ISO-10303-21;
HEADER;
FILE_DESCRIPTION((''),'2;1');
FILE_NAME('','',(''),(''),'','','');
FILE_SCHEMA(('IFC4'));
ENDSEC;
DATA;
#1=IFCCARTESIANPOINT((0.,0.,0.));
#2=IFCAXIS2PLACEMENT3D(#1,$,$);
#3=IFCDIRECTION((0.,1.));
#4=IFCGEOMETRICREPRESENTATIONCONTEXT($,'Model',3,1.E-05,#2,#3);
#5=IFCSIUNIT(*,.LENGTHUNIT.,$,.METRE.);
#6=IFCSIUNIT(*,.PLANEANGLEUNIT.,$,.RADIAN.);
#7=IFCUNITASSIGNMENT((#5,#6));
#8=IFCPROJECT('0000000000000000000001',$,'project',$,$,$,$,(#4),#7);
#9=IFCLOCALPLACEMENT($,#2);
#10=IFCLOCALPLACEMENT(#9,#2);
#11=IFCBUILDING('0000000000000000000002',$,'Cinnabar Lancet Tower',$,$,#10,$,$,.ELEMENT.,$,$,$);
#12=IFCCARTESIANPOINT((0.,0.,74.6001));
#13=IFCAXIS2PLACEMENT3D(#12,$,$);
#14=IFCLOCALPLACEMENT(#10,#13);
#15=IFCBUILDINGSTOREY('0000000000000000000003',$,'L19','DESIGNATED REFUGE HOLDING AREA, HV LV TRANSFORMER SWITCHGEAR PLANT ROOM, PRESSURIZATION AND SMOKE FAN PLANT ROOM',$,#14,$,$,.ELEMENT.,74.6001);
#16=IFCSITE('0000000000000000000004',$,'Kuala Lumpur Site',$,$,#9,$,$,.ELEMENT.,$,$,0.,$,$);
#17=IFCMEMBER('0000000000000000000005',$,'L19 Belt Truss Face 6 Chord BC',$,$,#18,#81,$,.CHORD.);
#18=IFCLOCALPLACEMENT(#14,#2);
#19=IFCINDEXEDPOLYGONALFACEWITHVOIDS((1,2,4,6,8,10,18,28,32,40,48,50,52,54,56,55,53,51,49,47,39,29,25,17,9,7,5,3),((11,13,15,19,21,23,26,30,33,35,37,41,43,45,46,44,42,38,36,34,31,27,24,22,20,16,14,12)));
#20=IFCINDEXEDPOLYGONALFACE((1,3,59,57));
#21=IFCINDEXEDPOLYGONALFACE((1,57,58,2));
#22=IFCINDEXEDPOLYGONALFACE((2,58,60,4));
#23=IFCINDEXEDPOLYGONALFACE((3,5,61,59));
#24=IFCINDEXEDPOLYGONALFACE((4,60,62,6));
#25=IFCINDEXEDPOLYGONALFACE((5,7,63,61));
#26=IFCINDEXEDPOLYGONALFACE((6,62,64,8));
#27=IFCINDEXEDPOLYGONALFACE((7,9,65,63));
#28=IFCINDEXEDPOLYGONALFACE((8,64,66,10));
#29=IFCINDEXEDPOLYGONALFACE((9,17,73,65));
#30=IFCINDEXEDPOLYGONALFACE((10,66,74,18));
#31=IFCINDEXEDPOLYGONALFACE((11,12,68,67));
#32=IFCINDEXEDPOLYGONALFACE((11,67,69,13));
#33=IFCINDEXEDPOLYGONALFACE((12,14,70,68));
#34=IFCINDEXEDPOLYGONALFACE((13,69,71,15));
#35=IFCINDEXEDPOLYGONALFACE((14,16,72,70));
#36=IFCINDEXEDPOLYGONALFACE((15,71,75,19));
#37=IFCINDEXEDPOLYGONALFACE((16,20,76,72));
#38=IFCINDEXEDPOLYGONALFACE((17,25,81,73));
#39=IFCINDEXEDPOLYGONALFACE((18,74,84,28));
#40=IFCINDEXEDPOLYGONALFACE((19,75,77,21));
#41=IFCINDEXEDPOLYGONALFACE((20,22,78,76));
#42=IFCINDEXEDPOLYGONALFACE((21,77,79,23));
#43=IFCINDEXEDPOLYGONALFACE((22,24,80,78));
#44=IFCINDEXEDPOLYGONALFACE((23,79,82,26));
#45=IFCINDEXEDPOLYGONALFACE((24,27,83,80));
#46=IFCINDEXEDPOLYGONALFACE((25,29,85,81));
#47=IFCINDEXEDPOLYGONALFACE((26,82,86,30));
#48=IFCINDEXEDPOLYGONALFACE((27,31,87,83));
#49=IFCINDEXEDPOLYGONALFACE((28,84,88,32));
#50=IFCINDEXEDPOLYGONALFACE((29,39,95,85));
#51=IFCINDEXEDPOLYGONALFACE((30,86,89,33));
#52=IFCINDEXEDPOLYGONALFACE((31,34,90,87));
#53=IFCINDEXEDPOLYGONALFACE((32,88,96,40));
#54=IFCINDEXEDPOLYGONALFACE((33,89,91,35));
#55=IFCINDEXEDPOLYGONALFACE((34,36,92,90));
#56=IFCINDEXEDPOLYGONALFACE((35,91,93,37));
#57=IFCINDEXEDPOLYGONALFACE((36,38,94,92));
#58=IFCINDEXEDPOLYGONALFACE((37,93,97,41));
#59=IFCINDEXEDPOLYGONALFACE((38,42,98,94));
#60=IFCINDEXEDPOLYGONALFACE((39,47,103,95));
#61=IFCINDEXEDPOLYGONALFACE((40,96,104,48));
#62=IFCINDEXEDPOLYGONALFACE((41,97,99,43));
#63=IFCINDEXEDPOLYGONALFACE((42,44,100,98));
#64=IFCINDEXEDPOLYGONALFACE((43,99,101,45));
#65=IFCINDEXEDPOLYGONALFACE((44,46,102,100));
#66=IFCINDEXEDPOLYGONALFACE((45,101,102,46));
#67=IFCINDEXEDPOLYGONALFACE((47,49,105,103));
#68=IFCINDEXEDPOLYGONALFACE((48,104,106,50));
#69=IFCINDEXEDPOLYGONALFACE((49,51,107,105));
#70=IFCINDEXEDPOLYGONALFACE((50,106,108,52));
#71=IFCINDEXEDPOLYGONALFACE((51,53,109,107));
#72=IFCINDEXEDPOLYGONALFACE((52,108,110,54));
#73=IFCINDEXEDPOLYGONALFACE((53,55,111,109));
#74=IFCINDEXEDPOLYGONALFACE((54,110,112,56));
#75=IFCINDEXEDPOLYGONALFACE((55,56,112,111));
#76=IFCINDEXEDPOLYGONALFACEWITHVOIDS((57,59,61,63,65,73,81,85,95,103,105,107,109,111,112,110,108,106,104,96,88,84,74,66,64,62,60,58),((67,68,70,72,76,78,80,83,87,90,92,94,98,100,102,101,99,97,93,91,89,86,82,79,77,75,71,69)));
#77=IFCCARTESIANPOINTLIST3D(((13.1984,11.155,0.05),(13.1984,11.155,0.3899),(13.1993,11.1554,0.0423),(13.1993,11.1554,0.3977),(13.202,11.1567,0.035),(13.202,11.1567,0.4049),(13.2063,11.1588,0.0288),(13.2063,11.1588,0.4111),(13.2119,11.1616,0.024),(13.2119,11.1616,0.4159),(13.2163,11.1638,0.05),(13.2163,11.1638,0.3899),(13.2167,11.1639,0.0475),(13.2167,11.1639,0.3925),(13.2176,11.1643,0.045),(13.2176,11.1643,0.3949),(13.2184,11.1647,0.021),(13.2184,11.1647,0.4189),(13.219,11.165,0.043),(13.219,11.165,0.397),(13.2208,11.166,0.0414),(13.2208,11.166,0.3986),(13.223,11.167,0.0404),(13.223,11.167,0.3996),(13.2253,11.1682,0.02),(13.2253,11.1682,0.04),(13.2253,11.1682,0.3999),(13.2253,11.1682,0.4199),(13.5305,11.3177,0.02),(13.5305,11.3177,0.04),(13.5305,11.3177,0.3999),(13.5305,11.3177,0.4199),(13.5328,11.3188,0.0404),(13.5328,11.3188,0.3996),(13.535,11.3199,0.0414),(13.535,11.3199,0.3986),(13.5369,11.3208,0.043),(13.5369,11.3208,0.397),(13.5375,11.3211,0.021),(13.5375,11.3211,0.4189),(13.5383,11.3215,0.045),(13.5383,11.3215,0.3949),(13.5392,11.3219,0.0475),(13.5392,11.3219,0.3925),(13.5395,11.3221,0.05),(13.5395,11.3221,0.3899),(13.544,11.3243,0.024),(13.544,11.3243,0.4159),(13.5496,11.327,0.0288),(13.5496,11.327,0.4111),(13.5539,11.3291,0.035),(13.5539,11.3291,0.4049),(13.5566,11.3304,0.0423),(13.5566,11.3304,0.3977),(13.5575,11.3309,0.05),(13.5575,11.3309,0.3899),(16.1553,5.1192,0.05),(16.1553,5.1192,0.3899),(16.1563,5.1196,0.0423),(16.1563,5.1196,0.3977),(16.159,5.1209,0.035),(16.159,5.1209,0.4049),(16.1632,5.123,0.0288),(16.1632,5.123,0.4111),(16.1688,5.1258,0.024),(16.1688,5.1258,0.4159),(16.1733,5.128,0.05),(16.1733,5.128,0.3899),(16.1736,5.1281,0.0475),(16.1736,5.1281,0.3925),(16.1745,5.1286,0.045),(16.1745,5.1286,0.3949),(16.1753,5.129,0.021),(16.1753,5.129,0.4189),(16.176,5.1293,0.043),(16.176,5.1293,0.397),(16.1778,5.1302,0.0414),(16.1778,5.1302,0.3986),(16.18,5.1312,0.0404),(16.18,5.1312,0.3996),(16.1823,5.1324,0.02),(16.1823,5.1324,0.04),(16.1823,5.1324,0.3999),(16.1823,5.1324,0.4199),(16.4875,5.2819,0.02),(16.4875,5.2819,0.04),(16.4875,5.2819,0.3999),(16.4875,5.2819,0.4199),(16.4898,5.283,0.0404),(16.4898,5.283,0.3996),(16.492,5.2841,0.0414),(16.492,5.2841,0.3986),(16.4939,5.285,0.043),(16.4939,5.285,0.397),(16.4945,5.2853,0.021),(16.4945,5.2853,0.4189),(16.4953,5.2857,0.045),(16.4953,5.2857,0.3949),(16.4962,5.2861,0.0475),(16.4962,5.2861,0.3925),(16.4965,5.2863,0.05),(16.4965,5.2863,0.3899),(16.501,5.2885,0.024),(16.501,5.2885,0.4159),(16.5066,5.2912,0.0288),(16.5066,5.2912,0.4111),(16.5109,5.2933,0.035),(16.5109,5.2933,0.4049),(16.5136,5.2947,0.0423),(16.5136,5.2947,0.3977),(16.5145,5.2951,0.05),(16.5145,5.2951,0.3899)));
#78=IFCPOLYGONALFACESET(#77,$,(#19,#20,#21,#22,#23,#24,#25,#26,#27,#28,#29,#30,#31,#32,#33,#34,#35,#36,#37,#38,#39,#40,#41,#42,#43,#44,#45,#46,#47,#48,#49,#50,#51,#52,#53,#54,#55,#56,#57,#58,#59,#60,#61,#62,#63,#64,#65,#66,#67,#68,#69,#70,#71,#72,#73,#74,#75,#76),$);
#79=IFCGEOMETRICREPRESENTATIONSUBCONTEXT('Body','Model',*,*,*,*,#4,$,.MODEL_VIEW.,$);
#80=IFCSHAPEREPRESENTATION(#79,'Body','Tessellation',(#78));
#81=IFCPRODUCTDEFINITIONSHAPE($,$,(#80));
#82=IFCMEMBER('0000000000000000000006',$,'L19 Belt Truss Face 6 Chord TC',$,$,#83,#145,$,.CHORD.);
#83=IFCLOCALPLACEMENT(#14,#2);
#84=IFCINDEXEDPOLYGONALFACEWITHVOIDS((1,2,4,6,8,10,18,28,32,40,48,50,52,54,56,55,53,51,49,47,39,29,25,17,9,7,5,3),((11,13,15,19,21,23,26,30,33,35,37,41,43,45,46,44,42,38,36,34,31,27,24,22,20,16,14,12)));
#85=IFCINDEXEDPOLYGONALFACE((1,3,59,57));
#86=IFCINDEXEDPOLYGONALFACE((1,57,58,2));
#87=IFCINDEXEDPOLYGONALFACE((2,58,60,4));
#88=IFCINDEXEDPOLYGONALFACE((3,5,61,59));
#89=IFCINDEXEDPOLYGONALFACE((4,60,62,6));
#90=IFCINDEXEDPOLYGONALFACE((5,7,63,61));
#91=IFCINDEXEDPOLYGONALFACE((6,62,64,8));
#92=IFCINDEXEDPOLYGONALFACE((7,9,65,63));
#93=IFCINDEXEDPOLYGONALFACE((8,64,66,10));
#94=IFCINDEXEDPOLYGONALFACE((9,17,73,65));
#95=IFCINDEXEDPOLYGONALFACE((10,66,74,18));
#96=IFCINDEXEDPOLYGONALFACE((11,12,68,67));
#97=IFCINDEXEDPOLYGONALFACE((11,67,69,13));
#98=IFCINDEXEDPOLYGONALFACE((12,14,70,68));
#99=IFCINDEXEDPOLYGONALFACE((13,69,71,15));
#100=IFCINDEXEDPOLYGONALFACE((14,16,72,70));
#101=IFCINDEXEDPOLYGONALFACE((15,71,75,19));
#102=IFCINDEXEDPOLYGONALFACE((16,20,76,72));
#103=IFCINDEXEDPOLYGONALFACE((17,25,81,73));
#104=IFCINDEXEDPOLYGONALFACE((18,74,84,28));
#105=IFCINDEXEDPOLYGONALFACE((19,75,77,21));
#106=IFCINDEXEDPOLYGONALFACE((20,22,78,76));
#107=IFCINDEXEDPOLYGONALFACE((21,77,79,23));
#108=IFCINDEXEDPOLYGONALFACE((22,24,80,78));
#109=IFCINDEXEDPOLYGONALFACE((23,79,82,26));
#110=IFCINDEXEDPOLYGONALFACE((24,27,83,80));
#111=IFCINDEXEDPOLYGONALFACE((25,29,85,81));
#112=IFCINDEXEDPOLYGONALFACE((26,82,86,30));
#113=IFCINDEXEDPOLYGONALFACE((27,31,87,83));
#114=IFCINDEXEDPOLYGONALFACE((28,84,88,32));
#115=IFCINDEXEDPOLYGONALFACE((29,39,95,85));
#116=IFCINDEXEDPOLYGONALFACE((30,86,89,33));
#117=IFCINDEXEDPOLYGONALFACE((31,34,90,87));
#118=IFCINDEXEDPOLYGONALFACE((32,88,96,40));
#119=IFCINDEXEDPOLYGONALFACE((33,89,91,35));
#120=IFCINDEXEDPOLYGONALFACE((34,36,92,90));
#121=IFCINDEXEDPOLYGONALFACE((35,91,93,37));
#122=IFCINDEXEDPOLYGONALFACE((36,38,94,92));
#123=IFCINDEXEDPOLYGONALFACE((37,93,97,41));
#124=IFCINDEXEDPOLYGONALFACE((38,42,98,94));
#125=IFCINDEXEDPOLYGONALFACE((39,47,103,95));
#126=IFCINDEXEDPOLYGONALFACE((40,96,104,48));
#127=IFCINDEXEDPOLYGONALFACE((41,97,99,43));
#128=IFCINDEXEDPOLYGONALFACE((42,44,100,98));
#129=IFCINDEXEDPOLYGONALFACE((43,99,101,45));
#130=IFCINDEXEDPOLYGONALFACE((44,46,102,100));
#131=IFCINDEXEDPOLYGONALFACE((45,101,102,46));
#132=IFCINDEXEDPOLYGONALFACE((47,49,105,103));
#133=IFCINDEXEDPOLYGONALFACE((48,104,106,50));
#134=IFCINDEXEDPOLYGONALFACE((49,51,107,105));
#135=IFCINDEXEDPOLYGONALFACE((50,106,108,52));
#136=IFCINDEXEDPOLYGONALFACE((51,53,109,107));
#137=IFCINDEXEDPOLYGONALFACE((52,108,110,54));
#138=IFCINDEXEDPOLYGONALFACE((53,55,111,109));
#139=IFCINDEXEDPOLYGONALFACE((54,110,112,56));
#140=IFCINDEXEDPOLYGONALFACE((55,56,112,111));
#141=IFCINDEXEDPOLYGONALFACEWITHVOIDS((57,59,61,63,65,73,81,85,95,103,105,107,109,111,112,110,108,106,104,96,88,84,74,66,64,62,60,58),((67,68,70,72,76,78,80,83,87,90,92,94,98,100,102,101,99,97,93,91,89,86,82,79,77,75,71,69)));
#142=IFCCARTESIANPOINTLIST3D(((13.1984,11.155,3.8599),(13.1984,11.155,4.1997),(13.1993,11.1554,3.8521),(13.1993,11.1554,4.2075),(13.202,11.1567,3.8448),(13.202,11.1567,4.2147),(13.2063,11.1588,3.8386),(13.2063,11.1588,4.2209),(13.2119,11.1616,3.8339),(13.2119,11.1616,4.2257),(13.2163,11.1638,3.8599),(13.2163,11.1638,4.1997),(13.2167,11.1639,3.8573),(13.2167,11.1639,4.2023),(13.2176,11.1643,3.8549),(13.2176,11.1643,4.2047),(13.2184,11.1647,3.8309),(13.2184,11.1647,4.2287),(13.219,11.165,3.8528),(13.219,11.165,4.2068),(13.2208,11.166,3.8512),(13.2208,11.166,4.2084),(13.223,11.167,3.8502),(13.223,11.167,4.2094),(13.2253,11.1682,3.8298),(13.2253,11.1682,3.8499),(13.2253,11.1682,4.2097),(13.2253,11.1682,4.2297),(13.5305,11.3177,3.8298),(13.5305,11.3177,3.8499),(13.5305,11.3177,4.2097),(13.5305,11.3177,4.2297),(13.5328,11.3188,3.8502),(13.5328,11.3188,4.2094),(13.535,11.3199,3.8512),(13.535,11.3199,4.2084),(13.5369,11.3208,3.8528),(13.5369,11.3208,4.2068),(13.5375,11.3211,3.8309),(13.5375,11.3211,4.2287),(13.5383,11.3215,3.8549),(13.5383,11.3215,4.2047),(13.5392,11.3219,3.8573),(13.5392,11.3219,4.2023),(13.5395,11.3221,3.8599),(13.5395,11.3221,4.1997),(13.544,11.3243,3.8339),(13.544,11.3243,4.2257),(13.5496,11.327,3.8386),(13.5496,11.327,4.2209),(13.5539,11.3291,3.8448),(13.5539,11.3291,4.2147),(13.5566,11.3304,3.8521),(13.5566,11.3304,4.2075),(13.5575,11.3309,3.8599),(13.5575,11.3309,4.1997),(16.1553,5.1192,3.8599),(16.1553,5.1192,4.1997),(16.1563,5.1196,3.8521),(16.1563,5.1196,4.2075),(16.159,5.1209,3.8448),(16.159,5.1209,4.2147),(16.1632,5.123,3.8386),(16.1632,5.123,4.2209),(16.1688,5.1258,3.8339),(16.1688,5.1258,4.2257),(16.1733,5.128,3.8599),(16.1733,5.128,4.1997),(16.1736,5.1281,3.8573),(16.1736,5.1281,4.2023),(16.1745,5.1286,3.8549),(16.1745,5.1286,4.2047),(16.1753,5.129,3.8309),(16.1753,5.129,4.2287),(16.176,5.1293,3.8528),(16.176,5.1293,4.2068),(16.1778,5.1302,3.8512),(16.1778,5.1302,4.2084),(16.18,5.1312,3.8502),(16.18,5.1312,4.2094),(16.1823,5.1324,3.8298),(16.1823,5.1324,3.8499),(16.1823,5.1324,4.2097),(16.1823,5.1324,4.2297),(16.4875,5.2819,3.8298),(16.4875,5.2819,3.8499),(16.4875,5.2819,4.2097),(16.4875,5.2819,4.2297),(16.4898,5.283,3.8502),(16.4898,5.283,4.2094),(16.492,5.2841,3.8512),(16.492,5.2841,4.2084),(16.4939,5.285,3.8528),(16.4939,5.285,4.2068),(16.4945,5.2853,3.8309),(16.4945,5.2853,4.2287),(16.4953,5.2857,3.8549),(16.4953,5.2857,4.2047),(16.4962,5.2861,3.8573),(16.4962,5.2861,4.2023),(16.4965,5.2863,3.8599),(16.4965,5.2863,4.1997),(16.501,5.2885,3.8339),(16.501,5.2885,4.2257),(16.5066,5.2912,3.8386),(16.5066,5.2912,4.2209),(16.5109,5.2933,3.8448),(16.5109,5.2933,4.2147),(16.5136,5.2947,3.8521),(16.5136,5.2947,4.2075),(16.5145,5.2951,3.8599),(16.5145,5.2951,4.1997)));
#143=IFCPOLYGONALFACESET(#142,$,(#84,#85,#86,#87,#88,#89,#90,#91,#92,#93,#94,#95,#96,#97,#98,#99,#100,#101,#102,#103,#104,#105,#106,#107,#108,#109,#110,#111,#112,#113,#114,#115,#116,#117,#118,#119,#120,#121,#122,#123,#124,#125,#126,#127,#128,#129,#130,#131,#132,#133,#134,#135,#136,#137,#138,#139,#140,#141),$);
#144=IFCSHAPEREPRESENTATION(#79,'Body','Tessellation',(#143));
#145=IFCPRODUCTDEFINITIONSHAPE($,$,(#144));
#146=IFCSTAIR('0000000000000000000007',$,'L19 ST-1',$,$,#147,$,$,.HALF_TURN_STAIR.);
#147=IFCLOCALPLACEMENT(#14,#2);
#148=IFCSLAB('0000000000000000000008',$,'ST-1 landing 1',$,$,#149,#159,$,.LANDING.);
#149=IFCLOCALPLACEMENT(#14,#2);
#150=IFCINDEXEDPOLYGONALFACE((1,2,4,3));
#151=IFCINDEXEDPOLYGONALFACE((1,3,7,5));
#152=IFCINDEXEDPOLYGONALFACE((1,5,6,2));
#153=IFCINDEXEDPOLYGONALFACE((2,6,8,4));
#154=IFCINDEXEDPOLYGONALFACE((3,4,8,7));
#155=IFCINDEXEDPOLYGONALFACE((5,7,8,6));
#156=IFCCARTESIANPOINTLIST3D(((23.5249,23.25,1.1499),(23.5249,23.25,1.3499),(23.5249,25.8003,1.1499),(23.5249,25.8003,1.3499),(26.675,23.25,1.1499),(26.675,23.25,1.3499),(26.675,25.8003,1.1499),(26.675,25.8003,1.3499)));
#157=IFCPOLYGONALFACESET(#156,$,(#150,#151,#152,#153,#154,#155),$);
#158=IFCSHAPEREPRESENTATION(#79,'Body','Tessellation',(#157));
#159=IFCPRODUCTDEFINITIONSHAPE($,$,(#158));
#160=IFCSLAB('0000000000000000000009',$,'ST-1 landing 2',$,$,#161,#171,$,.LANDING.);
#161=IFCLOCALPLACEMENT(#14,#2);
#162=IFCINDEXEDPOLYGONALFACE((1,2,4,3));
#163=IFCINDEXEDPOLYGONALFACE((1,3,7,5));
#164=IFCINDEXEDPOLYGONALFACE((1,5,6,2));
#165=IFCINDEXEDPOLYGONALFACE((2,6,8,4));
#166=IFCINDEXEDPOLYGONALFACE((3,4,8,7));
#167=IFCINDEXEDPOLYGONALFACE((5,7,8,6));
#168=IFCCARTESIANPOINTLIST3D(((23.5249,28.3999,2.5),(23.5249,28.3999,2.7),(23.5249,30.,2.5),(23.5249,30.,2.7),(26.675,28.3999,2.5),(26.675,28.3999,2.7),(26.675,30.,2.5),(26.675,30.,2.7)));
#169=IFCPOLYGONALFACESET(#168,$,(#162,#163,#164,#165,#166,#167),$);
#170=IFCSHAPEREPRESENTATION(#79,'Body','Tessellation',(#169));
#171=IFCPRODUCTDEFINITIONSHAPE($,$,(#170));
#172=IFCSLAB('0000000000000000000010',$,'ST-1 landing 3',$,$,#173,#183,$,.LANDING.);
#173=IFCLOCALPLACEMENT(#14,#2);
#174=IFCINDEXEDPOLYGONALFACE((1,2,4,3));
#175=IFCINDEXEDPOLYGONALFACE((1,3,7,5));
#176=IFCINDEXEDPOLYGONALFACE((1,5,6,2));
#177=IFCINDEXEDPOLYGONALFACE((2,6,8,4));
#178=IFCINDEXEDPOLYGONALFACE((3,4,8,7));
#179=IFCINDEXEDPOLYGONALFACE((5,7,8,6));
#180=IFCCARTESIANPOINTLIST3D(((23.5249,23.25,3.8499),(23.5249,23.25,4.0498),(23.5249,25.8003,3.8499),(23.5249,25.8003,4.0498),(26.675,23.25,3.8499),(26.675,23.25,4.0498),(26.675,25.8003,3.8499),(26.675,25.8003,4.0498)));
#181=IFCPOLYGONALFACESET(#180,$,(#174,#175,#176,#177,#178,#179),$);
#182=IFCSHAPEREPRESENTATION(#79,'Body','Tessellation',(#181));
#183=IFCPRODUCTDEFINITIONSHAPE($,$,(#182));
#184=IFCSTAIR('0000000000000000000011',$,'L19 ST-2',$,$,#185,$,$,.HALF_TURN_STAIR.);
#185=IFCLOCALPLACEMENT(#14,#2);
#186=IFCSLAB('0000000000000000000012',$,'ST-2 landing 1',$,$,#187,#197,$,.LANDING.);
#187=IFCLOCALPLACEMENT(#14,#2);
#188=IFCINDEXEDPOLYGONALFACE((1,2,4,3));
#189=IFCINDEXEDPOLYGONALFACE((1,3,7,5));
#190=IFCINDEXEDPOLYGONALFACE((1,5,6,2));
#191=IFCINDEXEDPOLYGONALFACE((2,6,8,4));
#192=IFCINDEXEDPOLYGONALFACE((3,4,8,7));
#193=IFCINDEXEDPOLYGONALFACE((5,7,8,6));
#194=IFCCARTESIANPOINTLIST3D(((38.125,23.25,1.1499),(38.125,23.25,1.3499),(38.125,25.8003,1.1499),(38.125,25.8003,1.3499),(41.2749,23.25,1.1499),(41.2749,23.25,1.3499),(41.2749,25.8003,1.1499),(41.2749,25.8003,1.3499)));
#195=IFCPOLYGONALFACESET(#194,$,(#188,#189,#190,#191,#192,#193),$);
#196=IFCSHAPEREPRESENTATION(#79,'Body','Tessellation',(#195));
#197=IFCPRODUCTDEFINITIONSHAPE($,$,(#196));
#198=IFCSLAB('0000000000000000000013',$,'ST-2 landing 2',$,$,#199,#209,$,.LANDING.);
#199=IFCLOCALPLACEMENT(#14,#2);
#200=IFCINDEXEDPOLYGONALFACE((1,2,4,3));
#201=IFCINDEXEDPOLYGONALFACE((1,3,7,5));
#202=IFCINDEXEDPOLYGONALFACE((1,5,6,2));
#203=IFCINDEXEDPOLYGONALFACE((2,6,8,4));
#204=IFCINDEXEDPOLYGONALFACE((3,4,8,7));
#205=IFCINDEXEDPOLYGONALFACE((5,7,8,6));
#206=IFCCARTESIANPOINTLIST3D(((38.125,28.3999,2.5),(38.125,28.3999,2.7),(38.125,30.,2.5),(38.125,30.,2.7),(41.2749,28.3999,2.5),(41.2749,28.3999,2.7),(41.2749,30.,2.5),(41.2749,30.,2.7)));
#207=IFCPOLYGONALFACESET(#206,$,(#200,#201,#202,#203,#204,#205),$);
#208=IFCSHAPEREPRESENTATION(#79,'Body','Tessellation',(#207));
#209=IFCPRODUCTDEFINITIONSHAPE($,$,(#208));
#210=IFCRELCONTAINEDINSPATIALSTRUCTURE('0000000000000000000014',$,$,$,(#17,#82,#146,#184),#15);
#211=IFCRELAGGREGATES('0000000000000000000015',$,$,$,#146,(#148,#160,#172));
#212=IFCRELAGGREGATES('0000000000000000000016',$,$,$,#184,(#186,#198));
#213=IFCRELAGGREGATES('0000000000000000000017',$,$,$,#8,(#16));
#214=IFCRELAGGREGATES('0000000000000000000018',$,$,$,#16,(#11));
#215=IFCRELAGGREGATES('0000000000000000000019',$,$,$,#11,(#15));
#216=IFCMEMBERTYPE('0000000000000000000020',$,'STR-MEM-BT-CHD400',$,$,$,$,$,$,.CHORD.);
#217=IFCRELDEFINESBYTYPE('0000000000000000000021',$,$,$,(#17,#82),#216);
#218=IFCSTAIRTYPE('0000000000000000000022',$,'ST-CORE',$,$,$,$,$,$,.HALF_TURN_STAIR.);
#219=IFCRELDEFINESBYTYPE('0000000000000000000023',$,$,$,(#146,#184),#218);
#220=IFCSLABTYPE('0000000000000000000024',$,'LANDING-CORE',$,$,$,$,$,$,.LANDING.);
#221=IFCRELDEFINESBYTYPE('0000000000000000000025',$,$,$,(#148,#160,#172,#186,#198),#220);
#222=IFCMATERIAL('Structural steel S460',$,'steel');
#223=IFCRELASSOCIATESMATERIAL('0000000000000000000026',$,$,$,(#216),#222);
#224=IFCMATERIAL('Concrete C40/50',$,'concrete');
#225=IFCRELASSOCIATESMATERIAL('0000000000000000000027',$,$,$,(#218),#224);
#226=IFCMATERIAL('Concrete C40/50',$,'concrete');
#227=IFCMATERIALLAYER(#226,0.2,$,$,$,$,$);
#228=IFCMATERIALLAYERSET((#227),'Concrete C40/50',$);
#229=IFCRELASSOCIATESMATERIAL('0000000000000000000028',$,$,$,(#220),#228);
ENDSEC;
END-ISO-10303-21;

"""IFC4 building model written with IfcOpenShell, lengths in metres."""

from ifc_helpers import new_model, si_unit, direction, frame, origin, origin_2d, place, context, subcontext, project, spatial, polyline, hollow_rectangle, outline, extrude, material, layer, layer_set, material_profile, profile_set, type_object, element, aggregate, save


model = new_model("IFC4")

# Units and contexts
model_context = context("Model", 3, precision=1e-05, world=origin(), true_north=direction((0.0, 1.0)))
body_context = subcontext(model_context, "Body", "Model", "MODEL_VIEW")
ifc_project = project(units=[si_unit("LENGTHUNIT", "METRE"), si_unit("PLANEANGLEUNIT", "RADIAN")], contexts=[model_context])

# Site, building, storey
site_placement = place(None, origin())
site = spatial("IfcSite", under=ifc_project, at=site_placement, Name="Kuala Lumpur Site", CompositionType="ELEMENT", RefElevation=0.0)
building_placement = place(site_placement, origin())
building = spatial("IfcBuilding", under=site, at=building_placement, Name="Cinnabar Lancet Tower", CompositionType="ELEMENT")
storey_placement = place(building_placement, frame((0.0, 0.0, 74.6001)))
storey = spatial("IfcBuildingStorey", under=building, at=storey_placement, Name="L19", Description="DESIGNATED REFUGE HOLDING AREA, HV LV TRANSFORMER SWITCHGEAR PLANT ROOM, PRESSURIZATION AND SMOKE FAN PLANT ROOM", CompositionType="ELEMENT", Elevation=74.6001)

# Members
ifc_material_1 = material(Name="Structural steel S460", Category="steel")
ifc_material_profile_1 = material_profile(ifc_material_1, hollow_rectangle(XDim=0.3999, YDim=0.3999, WallThickness=0.02, InnerFilletRadius=0.01, OuterFilletRadius=0.03, at=origin_2d()), Name="SHS 400x400x20")
ifc_profile_set_1 = profile_set([ifc_material_profile_1], Name="Structural steel S460")
member_type_1 = type_object("IfcMemberType", Name="STR-MEM-BT-CHD400", PredefinedType="CHORD", material=ifc_profile_set_1)
for number, where, z_axis, x_axis, name in (
    (1, (13.3779, 11.2429, 0.22), (0.439949, -0.898023, 0.0), (0.898023, 0.439949, 0.0), "L19 Belt Truss Face 6 Chord BC"),
    (2, (13.3779, 11.2429, 4.0298), (0.439949, -0.898023, 0.0), (0.898023, 0.439949, 0.0), "L19 Belt Truss Face 6 Chord TC"),
):
    element("IfcMember", number, at=place(storey_placement, frame(where, z_axis=z_axis, x_axis=x_axis)), inside=storey, type_object=member_type_1, Name=name, PredefinedType="CHORD", context=body_context, shape_type="SweptSolid", body=[
        extrude(hollow_rectangle(XDim=0.3999, YDim=0.3999, WallThickness=0.02, InnerFilletRadius=0.01, OuterFilletRadius=0.03, at=origin_2d()), origin(), (0.0, 0.0, 1.0), 6.7212),
    ])

# Stairs, slabs
ifc_material_2 = material(Name="Concrete C40/50", Category="concrete")
stair_type = type_object("IfcStairType", Name="ST-CORE", PredefinedType="HALF_TURN_STAIR", material=ifc_material_2)
stair_1_placement = place(storey_placement, origin())
stair_1 = element("IfcStair", 3, at=stair_1_placement, inside=storey, type_object=stair_type, Name="L19 ST-1", PredefinedType="HALF_TURN_STAIR")
ifc_material_3 = material(Name="Concrete C40/50", Category="concrete")
ifc_layer_1 = layer(ifc_material_3, 0.2)
ifc_layer_set_1 = layer_set([ifc_layer_1], Name="Concrete C40/50")
slab_type_1 = type_object("IfcSlabType", Name="LANDING-CORE", PredefinedType="LANDING", material=ifc_layer_set_1)
slab_1_placement = place(storey_placement, frame((0.0, 0.0, 1.1499)))
slab_1 = element("IfcSlab", 4, at=slab_1_placement, type_object=slab_type_1, Name="ST-1 landing 1", PredefinedType="LANDING", context=body_context, shape_type="SweptSolid", body=[
    extrude(outline(polyline([(23.5249, 25.8003), (23.5249, 23.25), (26.675, 23.25), (26.675, 25.8003), (23.5249, 25.8003)])), origin(), (0.0, 0.0, 1.0), 0.2),
])
slab_2_placement = place(storey_placement, frame((0.0, 0.0, 2.5)))
slab_2 = element("IfcSlab", 5, at=slab_2_placement, type_object=slab_type_1, Name="ST-1 landing 2", PredefinedType="LANDING", context=body_context, shape_type="SweptSolid", body=[
    extrude(outline(polyline([(23.5249, 30.0), (23.5249, 28.3999), (26.675, 28.3999), (26.675, 30.0), (23.5249, 30.0)])), origin(), (0.0, 0.0, 1.0), 0.2),
])
slab_3_placement = place(storey_placement, frame((0.0, 0.0, 3.8499)))
slab_3 = element("IfcSlab", 6, at=slab_3_placement, type_object=slab_type_1, Name="ST-1 landing 3", PredefinedType="LANDING", context=body_context, shape_type="SweptSolid", body=[
    extrude(outline(polyline([(23.5249, 25.8003), (23.5249, 23.25), (26.675, 23.25), (26.675, 25.8003), (23.5249, 25.8003)])), origin(), (0.0, 0.0, 1.0), 0.2),
])
aggregate(stair_1, [slab_1, slab_2, slab_3])
stair_2_placement = place(storey_placement, origin())
stair_2 = element("IfcStair", 7, at=stair_2_placement, inside=storey, type_object=stair_type, Name="L19 ST-2", PredefinedType="HALF_TURN_STAIR")
slab_4_placement = place(storey_placement, frame((0.0, 0.0, 1.1499)))
slab_4 = element("IfcSlab", 8, at=slab_4_placement, type_object=slab_type_1, Name="ST-2 landing 1", PredefinedType="LANDING", context=body_context, shape_type="SweptSolid", body=[
    extrude(outline(polyline([(38.125, 25.8003), (38.125, 23.25), (41.2749, 23.25), (41.2749, 25.8003), (38.125, 25.8003)])), origin(), (0.0, 0.0, 1.0), 0.2),
])
slab_5_placement = place(storey_placement, frame((0.0, 0.0, 2.5)))
slab_5 = element("IfcSlab", 9, at=slab_5_placement, type_object=slab_type_1, Name="ST-2 landing 2", PredefinedType="LANDING", context=body_context, shape_type="SweptSolid", body=[
    extrude(outline(polyline([(38.125, 30.0), (38.125, 28.3999), (41.2749, 28.3999), (41.2749, 30.0), (38.125, 30.0)])), origin(), (0.0, 0.0, 1.0), 0.2),
])
aggregate(stair_2, [slab_4, slab_5])

save(model, "model.ifc")
